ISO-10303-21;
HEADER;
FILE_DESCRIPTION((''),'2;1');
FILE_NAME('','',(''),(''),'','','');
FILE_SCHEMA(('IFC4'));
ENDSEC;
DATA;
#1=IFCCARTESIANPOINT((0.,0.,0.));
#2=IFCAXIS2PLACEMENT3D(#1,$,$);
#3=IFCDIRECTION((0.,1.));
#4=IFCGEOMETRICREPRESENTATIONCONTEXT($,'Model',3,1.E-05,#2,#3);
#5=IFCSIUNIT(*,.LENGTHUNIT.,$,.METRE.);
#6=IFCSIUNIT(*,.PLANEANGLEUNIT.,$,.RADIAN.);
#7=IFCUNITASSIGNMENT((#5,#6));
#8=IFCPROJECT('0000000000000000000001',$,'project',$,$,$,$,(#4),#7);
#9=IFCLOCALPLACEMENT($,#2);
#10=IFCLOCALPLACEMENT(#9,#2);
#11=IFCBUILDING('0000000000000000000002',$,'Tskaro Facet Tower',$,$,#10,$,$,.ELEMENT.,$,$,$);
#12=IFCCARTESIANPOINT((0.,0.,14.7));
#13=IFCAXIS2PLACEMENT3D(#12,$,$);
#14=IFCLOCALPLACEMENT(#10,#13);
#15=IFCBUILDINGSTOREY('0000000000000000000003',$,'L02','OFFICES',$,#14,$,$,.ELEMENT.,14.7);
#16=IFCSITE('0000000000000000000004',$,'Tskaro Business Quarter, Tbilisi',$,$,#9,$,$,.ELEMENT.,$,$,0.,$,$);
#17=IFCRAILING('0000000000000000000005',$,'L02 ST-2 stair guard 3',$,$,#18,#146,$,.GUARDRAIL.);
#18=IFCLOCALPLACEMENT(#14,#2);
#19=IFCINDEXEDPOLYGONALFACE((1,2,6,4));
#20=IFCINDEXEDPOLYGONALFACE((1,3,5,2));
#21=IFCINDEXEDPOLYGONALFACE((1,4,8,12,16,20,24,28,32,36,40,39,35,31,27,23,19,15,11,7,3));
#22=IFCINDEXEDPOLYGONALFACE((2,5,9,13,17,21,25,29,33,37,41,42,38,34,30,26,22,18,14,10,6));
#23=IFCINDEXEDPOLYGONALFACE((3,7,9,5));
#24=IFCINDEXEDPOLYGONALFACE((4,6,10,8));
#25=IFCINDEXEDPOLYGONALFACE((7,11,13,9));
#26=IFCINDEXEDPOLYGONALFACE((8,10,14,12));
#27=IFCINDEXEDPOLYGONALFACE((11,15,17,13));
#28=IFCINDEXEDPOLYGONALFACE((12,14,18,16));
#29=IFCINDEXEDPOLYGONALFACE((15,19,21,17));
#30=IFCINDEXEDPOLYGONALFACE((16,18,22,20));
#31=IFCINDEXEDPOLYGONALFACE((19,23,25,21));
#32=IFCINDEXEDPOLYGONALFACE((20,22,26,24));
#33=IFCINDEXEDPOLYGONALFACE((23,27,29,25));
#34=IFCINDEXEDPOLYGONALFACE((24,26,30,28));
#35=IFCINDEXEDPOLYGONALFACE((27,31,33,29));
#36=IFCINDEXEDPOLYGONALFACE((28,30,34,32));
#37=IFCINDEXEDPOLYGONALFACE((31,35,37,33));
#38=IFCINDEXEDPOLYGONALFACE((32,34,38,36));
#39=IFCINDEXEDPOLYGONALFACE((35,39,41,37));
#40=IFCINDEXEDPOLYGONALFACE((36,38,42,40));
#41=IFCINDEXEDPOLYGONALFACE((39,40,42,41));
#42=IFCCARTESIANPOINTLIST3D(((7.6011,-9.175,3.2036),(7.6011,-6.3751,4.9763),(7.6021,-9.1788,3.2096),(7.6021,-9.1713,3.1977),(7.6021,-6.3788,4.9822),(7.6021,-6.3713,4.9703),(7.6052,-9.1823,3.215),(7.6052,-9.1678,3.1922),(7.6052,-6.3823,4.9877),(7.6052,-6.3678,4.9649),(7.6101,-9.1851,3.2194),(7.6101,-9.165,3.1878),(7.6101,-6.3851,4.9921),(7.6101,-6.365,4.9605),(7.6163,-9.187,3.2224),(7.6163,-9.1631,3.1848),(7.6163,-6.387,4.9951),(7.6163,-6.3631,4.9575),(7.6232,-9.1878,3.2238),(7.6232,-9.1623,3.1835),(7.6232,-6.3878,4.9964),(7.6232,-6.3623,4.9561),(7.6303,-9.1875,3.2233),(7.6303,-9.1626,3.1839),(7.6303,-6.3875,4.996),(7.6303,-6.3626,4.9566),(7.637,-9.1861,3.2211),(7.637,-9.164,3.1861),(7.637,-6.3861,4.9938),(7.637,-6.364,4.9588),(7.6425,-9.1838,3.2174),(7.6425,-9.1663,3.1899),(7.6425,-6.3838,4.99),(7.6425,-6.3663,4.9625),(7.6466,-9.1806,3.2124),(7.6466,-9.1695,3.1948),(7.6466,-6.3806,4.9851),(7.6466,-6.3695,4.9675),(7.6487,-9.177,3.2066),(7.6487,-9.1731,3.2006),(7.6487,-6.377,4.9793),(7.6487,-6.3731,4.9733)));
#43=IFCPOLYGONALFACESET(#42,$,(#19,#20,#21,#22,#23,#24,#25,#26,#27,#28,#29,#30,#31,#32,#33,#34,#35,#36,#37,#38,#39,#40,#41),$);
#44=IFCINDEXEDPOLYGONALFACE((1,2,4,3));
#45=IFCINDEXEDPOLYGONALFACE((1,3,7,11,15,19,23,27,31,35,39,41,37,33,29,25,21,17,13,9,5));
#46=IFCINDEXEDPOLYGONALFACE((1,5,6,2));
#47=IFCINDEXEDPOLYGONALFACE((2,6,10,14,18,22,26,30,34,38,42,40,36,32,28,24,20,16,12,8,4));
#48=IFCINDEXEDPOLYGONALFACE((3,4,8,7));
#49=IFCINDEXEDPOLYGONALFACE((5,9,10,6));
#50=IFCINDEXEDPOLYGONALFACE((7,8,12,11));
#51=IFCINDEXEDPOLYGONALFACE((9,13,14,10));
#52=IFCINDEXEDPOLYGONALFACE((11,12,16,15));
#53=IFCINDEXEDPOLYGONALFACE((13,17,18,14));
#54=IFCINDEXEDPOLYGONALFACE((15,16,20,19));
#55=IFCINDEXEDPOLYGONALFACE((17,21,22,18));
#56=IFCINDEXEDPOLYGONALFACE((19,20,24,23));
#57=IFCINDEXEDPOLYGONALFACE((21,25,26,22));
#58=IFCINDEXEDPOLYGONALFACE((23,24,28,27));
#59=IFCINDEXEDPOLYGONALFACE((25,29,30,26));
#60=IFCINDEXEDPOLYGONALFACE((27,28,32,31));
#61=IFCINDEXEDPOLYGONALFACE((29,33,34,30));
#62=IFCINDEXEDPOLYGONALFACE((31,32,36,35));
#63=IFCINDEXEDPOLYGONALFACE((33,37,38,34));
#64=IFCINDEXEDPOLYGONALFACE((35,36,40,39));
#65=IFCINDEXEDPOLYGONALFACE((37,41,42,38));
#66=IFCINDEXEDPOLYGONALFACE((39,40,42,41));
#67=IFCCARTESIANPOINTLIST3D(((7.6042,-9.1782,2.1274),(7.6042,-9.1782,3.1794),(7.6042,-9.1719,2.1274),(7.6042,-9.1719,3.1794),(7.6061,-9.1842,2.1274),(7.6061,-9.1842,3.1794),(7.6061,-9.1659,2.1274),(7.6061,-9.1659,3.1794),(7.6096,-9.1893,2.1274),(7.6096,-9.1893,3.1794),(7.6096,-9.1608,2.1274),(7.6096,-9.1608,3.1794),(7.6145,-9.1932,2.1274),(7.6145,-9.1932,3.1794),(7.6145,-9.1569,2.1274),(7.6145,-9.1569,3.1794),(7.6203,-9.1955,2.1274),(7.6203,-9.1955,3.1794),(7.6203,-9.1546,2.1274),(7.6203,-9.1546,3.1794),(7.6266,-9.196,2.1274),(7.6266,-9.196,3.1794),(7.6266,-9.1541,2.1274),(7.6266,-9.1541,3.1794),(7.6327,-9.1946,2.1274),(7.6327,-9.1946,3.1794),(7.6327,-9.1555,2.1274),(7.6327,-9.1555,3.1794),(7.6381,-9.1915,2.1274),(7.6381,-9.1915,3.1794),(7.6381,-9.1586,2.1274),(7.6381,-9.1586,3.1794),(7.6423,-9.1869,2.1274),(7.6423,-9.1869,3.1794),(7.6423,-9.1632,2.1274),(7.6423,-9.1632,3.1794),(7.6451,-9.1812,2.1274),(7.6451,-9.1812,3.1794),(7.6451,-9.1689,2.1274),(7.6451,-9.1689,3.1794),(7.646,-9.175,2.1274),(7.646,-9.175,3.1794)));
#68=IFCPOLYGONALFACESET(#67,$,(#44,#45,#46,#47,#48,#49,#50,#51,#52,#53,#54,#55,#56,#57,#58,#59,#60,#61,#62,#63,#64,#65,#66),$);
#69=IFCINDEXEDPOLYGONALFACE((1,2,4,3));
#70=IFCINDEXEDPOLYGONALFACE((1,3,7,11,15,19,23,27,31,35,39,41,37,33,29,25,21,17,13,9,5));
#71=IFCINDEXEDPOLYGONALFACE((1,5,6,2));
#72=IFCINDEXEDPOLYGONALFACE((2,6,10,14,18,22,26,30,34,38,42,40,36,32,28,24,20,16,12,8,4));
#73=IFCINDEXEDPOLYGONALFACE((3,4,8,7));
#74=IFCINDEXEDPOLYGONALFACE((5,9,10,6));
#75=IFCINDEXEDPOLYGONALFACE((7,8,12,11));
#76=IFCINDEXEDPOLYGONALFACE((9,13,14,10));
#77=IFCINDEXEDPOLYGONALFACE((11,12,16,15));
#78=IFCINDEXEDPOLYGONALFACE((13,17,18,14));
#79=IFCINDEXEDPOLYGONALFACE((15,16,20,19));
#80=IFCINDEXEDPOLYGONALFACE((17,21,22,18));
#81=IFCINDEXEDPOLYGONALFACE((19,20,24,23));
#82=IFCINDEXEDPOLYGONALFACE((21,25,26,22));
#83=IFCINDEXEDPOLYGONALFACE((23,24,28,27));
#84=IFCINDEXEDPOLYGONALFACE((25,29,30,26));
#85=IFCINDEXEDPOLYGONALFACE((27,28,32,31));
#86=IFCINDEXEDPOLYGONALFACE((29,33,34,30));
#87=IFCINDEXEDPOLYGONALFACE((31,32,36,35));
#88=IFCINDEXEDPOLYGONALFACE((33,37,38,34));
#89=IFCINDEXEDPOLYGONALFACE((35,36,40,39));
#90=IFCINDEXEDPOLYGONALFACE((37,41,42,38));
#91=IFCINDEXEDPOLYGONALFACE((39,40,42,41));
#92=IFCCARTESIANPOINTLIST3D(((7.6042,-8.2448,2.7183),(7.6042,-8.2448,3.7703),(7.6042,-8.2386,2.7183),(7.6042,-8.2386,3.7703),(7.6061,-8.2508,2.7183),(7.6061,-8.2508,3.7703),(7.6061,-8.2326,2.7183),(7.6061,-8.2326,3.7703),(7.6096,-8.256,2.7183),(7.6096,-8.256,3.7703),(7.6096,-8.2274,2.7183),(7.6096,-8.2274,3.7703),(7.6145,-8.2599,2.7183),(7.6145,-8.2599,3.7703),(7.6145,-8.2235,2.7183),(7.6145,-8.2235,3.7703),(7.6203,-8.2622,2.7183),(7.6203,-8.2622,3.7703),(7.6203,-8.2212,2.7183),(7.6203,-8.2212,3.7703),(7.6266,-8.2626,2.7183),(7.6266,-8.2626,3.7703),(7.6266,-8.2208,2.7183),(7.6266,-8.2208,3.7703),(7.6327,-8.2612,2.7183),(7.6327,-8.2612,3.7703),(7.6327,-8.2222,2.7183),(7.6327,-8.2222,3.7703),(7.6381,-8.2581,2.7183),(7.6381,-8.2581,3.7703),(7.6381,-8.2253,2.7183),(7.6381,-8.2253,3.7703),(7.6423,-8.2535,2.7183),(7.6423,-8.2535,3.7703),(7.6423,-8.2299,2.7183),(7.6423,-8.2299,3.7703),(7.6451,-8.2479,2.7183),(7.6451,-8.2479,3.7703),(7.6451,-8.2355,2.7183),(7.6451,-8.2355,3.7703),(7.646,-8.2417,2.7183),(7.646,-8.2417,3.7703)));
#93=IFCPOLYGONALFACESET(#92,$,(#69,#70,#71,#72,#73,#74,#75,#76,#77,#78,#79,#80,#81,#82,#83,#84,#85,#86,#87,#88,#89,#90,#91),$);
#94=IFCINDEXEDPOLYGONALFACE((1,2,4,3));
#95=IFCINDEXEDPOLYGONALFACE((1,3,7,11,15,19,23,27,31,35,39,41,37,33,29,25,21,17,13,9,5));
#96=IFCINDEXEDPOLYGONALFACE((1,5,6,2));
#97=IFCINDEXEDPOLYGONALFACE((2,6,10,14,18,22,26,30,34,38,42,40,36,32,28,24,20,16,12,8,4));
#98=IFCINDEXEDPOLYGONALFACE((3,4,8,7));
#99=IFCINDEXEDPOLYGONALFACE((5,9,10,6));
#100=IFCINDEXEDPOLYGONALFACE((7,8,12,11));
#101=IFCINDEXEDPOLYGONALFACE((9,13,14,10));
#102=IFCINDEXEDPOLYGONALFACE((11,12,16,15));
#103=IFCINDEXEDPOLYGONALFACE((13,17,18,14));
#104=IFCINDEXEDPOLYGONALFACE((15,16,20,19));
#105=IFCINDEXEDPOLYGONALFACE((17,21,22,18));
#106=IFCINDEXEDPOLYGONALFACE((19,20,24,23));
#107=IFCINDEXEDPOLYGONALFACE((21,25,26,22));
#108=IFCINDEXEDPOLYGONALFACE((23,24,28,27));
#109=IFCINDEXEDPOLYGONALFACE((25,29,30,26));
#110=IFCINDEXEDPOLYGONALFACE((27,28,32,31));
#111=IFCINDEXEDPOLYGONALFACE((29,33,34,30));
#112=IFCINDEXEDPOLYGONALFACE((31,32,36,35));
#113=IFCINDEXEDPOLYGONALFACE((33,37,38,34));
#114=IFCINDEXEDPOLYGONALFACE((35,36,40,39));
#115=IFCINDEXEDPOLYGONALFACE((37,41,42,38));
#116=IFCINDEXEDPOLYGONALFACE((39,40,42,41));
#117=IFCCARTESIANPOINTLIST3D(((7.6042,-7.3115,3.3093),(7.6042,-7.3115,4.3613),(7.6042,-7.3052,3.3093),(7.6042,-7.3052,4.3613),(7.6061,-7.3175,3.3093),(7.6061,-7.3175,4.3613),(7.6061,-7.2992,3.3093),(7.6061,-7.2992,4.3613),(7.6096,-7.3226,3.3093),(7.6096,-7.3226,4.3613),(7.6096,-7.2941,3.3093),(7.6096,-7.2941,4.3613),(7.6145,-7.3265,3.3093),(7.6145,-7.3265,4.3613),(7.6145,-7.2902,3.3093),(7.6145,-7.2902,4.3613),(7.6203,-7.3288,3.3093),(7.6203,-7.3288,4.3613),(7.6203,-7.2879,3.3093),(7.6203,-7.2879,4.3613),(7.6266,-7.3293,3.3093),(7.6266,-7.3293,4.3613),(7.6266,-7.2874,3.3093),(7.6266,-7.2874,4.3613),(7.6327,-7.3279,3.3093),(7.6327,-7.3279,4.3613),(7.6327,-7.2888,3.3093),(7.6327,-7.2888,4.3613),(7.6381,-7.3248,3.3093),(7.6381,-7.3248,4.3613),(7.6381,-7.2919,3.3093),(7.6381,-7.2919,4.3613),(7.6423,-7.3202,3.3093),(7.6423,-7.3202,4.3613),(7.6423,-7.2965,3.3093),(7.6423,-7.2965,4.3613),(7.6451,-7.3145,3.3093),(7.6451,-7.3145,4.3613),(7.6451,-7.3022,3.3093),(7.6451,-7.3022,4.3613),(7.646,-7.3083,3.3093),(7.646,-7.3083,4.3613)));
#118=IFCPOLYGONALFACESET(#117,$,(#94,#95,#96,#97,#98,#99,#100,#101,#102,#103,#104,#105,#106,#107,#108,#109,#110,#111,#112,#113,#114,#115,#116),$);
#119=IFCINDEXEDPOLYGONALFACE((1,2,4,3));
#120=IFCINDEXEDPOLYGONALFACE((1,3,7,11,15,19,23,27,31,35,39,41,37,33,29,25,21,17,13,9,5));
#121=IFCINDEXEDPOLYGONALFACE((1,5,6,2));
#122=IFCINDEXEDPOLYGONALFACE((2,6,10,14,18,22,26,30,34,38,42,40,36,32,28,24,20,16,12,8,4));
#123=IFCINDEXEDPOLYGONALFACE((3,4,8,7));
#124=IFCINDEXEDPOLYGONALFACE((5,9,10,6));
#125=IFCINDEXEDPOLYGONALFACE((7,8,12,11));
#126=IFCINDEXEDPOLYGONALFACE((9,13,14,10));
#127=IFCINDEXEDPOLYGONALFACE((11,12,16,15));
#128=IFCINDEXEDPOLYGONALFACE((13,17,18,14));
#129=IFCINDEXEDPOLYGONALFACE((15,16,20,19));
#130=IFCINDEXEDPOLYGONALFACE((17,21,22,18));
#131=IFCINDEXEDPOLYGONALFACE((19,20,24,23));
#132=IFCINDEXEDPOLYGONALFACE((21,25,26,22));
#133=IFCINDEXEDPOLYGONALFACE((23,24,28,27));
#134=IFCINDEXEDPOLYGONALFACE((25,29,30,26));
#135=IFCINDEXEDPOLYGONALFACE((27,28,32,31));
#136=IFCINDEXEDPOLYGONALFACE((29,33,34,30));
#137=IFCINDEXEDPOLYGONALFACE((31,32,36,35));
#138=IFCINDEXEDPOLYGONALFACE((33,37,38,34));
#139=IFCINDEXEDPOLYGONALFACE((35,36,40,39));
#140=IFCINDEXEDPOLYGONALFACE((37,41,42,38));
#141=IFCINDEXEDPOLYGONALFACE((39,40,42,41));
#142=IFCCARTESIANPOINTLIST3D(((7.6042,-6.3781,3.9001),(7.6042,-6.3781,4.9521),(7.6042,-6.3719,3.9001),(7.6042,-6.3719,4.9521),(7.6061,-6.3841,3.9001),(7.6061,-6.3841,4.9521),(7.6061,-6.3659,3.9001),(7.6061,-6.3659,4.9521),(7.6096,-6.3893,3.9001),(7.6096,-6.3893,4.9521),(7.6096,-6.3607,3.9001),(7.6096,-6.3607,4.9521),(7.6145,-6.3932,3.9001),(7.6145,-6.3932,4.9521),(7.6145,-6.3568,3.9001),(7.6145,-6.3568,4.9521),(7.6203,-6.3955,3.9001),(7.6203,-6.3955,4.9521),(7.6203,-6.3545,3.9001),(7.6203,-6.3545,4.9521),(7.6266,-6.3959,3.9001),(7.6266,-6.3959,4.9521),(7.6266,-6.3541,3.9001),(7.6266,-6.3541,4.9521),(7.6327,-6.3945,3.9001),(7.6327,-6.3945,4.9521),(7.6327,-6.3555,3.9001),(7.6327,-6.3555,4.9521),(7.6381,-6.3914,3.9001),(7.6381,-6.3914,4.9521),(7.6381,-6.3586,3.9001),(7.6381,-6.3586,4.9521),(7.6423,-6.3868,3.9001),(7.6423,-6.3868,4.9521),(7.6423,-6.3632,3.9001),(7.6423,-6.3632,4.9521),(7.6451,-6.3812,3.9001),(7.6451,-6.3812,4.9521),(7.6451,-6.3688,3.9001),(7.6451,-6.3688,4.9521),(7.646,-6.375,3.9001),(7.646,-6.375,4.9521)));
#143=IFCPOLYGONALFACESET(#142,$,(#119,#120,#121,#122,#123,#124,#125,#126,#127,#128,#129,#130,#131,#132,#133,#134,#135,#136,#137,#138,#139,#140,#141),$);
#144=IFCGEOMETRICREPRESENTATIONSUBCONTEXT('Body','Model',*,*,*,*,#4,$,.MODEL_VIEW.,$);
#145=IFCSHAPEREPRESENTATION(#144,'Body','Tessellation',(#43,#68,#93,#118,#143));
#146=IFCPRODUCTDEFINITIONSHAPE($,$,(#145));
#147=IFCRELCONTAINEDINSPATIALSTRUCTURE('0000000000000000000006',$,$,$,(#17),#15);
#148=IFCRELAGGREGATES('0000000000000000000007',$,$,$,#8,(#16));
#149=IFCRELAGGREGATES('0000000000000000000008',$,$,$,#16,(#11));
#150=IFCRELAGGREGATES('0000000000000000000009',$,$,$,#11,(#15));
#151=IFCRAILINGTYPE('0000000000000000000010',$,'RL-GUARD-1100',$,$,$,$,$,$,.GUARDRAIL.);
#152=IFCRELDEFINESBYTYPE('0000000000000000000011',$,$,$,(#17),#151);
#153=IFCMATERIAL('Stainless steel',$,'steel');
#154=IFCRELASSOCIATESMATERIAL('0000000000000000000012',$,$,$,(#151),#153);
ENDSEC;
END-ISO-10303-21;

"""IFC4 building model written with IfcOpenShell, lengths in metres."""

from ifc_helpers import new_model, si_unit, direction, frame, origin, origin_2d, place, context, subcontext, project, spatial, circle, extrude, material, type_object, element, save


model = new_model("IFC4")

# Units and contexts
model_context = context("Model", 3, precision=1e-05, world=origin(), true_north=direction((0.0, 1.0)))
body_context = subcontext(model_context, "Body", "Model", "MODEL_VIEW")
ifc_project = project(units=[si_unit("LENGTHUNIT", "METRE"), si_unit("PLANEANGLEUNIT", "RADIAN")], contexts=[model_context])

# Site, building, storey
site_placement = place(None, origin())
site = spatial("IfcSite", under=ifc_project, at=site_placement, Name="Tskaro Business Quarter, Tbilisi", CompositionType="ELEMENT", RefElevation=0.0)
building_placement = place(site_placement, origin())
building = spatial("IfcBuilding", under=site, at=building_placement, Name="Tskaro Facet Tower", CompositionType="ELEMENT")
storey_placement = place(building_placement, frame((0.0, 0.0, 14.7)))
storey = spatial("IfcBuildingStorey", under=building, at=storey_placement, Name="L02", Description="OFFICES", CompositionType="ELEMENT", Elevation=14.7)

# Railing
ifc_material_1 = material(Name="Stainless steel", Category="steel")
railing_type_1 = type_object("IfcRailingType", Name="RL-GUARD-1100", PredefinedType="GUARDRAIL", material=ifc_material_1)
railing_1_placement = place(storey_placement, frame((7.625, -9.175, 2.1274)))
element("IfcRailing", 1, at=railing_1_placement, inside=storey, type_object=railing_type_1, Name="L02 ST-2 stair guard 3", PredefinedType="GUARDRAIL", context=body_context, shape_type="SweptSolid", body=[
    extrude(circle(Radius=0.0239, at=origin_2d()), frame((0.0, 0.0, 1.0762), z_axis=(0.0, 0.844909, 0.53491), x_axis=(-1.0, 0.0, 0.0)), (0.0, 0.0, 1.0), 3.314),
    extrude(circle(Radius=0.021, at=origin_2d()), origin(), (0.0, 0.0, 1.0), 1.052),
    extrude(circle(Radius=0.021, at=origin_2d()), frame((0.0, 0.9333, 0.5908)), (0.0, 0.0, 1.0), 1.052),
    extrude(circle(Radius=0.021, at=origin_2d()), frame((0.0, 1.8667, 1.1819)), (0.0, 0.0, 1.0), 1.052),
    extrude(circle(Radius=0.021, at=origin_2d()), frame((0.0, 2.8, 1.7727)), (0.0, 0.0, 1.0), 1.052),
])

save(model, "model.ifc")
